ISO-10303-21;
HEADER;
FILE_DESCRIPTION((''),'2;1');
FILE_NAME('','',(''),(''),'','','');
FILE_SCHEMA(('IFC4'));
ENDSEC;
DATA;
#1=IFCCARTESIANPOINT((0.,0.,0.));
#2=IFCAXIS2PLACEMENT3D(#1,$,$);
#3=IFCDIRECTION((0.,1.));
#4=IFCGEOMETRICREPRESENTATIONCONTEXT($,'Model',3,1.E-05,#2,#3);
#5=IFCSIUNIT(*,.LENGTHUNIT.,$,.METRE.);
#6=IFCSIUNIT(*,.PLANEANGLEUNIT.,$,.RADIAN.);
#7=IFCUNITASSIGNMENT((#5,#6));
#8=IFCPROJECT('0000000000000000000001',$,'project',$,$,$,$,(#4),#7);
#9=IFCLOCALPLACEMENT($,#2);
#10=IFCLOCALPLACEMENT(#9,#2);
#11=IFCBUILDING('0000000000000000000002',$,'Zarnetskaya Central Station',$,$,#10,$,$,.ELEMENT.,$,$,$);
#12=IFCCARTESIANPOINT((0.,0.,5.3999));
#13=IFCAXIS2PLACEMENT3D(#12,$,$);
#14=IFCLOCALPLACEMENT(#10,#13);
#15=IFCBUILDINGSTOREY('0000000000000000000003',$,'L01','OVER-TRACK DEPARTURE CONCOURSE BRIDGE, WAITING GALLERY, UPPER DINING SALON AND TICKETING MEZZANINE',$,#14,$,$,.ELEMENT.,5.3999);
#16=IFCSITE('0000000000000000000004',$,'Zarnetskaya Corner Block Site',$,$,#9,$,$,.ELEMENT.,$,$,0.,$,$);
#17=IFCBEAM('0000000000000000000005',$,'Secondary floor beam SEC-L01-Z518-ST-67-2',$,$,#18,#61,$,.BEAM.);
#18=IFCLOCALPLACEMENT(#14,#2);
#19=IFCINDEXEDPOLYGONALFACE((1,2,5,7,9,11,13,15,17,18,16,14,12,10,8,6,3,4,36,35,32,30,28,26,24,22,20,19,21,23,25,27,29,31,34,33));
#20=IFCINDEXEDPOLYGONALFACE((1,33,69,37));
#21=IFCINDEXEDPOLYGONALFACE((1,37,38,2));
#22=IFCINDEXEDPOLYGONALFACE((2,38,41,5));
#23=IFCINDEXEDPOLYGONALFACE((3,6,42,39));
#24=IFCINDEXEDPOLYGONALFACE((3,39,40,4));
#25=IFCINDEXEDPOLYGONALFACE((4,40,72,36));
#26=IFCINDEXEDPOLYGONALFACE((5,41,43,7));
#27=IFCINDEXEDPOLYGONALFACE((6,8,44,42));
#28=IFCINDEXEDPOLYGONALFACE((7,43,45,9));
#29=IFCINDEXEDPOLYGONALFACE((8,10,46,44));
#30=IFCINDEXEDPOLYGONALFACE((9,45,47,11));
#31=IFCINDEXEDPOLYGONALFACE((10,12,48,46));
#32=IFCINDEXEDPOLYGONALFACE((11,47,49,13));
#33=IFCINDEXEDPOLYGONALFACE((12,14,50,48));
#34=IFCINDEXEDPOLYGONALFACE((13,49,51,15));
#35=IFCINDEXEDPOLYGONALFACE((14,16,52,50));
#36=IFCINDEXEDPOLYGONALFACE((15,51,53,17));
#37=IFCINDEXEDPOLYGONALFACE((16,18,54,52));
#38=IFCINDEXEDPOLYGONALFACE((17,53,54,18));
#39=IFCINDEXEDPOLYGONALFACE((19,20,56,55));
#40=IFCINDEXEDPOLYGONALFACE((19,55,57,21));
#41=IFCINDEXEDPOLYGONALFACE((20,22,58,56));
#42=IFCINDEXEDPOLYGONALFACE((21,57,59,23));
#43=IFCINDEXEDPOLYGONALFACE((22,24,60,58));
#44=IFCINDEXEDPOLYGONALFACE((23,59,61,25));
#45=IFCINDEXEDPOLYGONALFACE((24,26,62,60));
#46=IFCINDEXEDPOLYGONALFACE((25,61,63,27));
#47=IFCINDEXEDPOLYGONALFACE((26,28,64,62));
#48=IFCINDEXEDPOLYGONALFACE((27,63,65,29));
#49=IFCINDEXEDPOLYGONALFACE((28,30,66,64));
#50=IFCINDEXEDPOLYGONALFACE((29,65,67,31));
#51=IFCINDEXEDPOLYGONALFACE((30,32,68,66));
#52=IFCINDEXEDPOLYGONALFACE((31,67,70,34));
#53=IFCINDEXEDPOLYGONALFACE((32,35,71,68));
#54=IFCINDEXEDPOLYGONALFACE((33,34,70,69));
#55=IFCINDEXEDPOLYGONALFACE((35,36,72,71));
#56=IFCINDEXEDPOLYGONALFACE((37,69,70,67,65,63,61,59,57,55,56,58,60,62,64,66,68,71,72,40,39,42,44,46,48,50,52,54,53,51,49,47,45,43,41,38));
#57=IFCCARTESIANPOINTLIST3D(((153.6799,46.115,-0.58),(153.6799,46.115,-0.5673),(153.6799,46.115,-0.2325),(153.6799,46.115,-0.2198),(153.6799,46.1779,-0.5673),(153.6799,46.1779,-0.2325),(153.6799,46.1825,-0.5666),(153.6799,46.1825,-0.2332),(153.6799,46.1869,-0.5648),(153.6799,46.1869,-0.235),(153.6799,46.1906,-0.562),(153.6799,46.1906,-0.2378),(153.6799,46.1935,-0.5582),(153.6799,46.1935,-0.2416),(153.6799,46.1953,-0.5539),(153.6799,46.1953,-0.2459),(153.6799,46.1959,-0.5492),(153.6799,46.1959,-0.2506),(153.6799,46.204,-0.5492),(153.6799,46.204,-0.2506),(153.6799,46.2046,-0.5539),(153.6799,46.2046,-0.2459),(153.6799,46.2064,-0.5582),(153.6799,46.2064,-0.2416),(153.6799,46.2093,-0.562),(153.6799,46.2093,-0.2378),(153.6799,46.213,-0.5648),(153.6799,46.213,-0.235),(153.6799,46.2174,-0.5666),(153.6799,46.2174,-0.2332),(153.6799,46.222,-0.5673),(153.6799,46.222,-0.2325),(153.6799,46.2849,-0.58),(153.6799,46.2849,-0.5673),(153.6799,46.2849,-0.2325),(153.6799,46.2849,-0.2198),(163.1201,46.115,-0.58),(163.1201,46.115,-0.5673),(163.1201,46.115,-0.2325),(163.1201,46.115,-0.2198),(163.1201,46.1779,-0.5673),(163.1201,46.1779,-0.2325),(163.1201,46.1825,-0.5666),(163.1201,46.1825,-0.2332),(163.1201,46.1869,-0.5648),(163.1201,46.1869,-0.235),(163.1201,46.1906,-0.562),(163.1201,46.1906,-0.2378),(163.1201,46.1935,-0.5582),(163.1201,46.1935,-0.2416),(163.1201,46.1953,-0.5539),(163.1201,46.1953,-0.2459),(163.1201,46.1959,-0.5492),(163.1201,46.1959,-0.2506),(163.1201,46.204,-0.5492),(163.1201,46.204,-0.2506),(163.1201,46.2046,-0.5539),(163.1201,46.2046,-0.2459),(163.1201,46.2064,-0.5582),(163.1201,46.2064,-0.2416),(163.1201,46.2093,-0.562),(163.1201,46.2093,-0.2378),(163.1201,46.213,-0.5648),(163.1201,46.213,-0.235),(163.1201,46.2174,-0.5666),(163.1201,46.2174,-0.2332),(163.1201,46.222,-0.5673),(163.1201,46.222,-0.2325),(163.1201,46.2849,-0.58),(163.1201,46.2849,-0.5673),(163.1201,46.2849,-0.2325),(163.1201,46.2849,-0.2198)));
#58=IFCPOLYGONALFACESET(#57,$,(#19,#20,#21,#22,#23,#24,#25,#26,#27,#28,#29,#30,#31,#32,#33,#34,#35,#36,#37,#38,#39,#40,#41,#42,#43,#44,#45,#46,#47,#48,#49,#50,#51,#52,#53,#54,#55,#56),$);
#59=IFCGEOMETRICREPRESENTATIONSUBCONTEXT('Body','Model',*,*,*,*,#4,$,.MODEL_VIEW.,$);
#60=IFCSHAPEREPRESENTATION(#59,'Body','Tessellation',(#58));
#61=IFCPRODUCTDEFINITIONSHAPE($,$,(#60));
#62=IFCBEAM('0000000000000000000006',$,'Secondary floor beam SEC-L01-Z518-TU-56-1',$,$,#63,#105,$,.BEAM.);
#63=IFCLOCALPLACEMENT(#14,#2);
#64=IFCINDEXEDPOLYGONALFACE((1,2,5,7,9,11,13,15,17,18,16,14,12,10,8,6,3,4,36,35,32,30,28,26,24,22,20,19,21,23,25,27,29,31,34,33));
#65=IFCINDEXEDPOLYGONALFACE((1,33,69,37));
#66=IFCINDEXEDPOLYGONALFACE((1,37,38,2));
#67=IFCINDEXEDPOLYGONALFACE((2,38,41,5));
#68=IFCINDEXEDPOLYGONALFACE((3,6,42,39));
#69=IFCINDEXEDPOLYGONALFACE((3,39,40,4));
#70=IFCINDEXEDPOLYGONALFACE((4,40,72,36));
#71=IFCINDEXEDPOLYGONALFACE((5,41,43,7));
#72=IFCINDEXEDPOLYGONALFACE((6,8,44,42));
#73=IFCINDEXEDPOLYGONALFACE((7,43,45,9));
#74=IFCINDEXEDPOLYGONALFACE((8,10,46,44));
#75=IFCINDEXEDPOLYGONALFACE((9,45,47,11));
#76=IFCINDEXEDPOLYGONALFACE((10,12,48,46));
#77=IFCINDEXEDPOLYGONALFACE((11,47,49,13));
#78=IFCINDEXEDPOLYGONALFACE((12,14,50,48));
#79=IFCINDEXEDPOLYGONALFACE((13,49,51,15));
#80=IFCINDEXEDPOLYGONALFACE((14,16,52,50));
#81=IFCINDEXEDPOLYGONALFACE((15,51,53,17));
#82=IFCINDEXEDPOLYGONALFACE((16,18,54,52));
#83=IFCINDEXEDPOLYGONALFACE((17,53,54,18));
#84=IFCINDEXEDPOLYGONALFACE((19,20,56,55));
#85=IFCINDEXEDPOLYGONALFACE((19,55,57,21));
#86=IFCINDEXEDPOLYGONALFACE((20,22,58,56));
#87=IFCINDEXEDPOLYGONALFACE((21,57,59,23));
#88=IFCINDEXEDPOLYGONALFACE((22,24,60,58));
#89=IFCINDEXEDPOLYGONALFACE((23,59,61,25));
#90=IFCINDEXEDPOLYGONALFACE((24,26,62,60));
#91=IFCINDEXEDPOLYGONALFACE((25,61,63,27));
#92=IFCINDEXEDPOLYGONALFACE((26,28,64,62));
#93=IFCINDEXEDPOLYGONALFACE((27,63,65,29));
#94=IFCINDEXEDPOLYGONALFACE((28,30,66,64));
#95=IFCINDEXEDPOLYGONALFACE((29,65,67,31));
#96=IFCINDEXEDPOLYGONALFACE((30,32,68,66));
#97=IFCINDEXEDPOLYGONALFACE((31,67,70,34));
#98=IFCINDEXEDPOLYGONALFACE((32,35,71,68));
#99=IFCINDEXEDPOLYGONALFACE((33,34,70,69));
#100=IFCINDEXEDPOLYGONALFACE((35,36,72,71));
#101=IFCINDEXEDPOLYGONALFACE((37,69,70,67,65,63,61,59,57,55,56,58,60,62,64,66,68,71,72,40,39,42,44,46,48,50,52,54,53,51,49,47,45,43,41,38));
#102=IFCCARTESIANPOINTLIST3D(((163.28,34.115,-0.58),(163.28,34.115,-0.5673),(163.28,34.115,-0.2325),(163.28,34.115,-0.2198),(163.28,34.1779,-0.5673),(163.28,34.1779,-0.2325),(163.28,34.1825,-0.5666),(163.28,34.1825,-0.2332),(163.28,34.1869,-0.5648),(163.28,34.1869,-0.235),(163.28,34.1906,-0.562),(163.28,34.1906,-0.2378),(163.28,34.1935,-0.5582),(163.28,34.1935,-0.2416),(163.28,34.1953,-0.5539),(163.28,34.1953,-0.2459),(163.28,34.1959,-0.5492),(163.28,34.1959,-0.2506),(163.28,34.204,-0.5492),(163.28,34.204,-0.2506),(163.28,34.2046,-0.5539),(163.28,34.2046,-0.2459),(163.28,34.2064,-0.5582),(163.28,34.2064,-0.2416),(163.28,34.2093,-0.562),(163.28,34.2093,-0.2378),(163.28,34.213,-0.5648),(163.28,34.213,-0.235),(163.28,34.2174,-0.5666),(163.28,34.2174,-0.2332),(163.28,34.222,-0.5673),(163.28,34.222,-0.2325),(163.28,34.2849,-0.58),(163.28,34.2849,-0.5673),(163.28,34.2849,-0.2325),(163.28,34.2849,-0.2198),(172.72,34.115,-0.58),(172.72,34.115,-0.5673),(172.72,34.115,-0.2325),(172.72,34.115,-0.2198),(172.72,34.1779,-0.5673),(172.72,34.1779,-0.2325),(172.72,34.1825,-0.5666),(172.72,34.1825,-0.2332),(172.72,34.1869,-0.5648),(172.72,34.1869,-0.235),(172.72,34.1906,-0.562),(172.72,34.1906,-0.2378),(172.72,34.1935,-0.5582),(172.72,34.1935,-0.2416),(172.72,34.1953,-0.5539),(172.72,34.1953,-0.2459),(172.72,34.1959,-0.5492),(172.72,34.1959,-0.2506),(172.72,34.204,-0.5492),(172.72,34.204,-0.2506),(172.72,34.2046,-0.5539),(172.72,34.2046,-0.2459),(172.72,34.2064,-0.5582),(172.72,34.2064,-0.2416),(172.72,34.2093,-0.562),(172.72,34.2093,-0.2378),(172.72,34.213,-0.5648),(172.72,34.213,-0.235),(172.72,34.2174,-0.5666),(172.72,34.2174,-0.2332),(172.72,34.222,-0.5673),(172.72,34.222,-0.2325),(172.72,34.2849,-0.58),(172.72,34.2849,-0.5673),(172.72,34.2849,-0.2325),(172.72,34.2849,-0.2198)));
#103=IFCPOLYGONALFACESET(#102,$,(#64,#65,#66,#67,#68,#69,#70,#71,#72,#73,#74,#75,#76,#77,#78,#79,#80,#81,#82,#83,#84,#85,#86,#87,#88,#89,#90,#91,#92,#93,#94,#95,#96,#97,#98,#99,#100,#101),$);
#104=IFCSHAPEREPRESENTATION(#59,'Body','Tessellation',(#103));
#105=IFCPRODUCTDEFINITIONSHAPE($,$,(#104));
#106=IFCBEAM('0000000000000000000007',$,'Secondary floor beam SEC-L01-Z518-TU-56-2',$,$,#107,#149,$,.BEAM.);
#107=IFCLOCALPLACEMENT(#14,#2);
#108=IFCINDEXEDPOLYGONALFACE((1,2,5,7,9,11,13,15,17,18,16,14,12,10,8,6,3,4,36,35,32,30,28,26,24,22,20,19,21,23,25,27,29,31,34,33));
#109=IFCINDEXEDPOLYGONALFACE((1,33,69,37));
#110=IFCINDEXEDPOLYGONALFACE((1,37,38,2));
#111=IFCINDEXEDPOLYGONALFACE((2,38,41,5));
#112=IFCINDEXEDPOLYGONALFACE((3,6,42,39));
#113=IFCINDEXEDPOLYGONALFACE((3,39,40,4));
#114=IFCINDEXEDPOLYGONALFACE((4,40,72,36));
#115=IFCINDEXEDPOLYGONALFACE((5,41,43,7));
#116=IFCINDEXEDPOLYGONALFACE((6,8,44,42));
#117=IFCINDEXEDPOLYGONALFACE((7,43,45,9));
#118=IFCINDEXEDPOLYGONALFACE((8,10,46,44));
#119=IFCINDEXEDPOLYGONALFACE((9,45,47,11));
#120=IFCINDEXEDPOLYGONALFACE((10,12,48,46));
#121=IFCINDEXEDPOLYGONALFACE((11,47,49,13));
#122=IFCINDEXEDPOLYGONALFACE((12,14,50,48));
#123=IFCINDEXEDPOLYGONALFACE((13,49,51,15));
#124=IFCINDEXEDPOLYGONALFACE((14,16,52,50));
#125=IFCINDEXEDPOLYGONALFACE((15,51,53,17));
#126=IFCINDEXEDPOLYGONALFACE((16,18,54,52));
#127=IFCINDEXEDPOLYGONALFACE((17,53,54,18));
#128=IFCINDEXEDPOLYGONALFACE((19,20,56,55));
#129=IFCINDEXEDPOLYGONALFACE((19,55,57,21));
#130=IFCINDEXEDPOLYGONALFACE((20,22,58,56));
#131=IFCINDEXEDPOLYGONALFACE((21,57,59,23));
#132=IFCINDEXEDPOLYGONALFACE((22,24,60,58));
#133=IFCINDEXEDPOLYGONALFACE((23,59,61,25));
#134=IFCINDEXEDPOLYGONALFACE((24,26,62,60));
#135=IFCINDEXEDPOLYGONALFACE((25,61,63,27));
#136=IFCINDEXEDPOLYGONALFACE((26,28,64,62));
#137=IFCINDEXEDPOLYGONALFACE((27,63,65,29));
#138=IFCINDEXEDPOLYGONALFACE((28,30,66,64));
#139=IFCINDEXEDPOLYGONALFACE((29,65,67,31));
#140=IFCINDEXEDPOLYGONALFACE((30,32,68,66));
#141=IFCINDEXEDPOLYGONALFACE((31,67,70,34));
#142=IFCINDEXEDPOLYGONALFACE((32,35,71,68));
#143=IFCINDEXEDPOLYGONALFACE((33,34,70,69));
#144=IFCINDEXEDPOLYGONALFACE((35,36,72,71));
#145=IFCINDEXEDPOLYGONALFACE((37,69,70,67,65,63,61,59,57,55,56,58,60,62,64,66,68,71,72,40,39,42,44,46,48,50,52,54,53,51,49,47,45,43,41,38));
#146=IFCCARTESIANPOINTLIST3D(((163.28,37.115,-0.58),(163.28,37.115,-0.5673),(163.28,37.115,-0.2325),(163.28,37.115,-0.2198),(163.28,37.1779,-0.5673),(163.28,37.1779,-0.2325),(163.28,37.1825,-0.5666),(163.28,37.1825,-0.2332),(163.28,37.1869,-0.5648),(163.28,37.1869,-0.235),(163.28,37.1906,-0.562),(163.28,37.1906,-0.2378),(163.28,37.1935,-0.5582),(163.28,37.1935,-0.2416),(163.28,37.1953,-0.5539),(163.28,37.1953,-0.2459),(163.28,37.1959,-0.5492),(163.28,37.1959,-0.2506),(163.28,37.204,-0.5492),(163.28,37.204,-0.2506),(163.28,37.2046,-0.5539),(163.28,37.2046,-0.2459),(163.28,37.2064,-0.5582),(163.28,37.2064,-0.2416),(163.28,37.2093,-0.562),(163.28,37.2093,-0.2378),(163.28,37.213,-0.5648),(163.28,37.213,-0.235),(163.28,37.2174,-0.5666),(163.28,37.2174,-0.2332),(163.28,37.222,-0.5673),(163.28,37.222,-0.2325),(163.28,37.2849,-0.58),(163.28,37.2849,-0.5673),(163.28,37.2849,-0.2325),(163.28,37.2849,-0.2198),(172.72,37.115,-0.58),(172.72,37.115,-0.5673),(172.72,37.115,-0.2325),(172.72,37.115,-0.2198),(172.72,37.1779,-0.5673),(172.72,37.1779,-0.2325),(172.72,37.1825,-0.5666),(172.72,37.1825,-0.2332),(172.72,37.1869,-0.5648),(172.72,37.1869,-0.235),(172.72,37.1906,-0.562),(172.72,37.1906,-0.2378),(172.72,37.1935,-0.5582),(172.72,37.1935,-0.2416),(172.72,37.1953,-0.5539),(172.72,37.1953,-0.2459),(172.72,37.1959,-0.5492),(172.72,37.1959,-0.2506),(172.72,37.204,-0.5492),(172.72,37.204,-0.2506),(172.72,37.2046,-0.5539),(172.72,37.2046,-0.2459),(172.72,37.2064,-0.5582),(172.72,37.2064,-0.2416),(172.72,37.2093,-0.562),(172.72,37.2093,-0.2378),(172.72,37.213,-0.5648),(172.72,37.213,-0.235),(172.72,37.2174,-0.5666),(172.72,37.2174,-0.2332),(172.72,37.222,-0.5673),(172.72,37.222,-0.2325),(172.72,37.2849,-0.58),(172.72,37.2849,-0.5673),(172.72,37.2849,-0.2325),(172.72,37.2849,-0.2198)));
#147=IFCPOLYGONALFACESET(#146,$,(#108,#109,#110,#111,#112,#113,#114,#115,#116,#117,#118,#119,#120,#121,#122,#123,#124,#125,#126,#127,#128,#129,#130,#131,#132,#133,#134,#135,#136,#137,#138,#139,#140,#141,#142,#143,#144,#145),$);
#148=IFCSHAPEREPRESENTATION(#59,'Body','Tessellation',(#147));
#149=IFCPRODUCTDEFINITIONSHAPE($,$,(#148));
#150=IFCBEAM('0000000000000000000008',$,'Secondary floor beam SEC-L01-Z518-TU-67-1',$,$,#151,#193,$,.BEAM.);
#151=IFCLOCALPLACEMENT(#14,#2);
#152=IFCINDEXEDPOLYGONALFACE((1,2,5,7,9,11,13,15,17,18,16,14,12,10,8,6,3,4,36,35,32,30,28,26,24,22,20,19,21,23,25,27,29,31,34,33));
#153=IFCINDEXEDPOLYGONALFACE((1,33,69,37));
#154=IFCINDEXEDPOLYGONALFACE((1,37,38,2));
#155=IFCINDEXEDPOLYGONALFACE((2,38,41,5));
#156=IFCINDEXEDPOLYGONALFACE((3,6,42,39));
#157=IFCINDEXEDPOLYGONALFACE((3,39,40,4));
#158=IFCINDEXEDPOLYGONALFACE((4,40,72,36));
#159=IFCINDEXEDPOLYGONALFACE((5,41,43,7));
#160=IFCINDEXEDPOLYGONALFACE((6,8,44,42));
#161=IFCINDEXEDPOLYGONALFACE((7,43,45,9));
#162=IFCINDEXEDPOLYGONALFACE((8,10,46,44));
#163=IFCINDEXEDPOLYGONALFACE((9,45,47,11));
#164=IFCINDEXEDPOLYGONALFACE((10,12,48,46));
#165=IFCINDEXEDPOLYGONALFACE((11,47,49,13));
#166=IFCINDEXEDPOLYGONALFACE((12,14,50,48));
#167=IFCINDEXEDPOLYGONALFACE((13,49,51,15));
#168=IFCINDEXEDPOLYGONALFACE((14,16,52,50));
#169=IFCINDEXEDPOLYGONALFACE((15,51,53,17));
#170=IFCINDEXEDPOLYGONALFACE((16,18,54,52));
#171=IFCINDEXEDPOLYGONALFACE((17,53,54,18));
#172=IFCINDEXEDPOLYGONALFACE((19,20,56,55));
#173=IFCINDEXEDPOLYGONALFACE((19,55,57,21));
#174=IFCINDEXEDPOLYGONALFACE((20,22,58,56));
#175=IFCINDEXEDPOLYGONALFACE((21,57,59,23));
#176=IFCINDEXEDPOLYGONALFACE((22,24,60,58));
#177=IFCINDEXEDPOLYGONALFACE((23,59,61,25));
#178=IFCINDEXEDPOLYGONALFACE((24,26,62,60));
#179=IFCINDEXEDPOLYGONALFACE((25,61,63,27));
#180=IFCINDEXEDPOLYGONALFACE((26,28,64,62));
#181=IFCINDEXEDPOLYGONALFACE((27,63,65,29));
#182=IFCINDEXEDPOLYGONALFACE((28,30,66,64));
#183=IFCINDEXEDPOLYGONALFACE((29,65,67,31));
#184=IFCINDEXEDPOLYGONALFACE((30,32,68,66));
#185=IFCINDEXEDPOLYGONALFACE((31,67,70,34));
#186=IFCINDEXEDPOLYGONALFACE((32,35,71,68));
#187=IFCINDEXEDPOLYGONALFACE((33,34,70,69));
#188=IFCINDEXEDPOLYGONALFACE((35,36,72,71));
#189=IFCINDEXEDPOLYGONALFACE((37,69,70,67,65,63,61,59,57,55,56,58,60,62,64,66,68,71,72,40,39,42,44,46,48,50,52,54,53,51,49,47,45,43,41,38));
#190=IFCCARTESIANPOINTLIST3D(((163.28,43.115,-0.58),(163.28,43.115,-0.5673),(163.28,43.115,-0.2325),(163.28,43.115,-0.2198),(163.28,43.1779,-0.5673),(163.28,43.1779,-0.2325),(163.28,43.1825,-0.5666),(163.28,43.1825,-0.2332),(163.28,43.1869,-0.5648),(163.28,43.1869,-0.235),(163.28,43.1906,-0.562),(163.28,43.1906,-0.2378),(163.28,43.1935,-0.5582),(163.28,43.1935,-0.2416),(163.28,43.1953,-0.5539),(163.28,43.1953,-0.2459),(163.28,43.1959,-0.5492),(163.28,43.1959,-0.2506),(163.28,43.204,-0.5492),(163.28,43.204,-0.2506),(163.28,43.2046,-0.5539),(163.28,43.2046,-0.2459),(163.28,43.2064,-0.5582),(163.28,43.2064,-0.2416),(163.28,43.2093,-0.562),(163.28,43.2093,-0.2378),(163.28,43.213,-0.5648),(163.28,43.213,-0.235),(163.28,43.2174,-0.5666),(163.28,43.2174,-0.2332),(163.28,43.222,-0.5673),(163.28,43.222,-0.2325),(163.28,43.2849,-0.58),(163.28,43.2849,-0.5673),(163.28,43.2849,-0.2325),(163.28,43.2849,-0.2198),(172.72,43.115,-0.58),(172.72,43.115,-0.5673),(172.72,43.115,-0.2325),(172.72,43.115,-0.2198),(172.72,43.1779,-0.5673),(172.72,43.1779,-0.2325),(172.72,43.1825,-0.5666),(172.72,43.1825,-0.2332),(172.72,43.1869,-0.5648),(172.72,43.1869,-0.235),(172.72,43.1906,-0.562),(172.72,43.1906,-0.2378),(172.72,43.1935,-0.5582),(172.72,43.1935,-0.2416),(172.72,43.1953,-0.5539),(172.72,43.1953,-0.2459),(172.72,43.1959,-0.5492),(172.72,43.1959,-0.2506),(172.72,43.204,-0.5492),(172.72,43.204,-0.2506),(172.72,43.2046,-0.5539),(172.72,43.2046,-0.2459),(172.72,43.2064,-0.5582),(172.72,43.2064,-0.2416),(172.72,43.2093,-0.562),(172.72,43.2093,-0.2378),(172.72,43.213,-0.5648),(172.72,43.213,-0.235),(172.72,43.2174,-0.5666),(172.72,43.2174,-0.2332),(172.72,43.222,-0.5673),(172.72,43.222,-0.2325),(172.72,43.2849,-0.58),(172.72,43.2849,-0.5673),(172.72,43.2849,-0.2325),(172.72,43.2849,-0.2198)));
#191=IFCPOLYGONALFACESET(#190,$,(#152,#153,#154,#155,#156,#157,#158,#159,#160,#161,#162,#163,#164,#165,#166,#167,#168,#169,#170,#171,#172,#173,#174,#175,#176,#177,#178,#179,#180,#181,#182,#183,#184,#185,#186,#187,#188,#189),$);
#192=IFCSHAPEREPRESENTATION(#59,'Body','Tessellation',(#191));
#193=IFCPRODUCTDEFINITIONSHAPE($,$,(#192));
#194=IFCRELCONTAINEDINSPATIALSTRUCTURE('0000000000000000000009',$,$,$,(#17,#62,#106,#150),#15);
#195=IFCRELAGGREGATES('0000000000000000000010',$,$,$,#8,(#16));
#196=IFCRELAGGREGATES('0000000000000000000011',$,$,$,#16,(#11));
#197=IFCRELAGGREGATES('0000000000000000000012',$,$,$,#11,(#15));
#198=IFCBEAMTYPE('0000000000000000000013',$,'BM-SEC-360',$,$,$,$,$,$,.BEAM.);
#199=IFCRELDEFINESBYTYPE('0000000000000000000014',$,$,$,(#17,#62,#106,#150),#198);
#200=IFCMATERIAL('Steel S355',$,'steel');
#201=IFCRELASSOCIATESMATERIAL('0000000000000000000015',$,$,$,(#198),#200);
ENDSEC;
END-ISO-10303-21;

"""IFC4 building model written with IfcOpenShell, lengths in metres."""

from ifc_helpers import new_model, si_unit, direction, frame, origin, origin_2d, place, context, subcontext, project, spatial, i_section, extrude, material, material_profile, profile_set, type_object, element, save


model = new_model("IFC4")

# Units and contexts
model_context = context("Model", 3, precision=1e-05, world=origin(), true_north=direction((0.0, 1.0)))
body_context = subcontext(model_context, "Body", "Model", "MODEL_VIEW")
ifc_project = project(units=[si_unit("LENGTHUNIT", "METRE"), si_unit("PLANEANGLEUNIT", "RADIAN")], contexts=[model_context])

# Site, building, storey
site_placement = place(None, origin())
site = spatial("IfcSite", under=ifc_project, at=site_placement, Name="Zarnetskaya Corner Block Site", CompositionType="ELEMENT", RefElevation=0.0)
building_placement = place(site_placement, origin())
building = spatial("IfcBuilding", under=site, at=building_placement, Name="Zarnetskaya Central Station", CompositionType="ELEMENT")
storey_placement = place(building_placement, frame((0.0, 0.0, 5.3999)))
storey = spatial("IfcBuildingStorey", under=building, at=storey_placement, Name="L01", Description="OVER-TRACK DEPARTURE CONCOURSE BRIDGE, WAITING GALLERY, UPPER DINING SALON AND TICKETING MEZZANINE", CompositionType="ELEMENT", Elevation=5.3999)

# Shared definitions
ifc_material_1 = material(Name="Steel S355", Category="steel")

# Beams
ifc_material_profile_1 = material_profile(ifc_material_1, i_section(OverallWidth=0.1699, OverallDepth=0.3601, WebThickness=0.0081, FlangeThickness=0.0127, FilletRadius=0.0181, at=origin_2d()), Name="IPE 360")
ifc_profile_set_1 = profile_set([ifc_material_profile_1], Name="Steel S355")
beam_type_1 = type_object("IfcBeamType", Name="BM-SEC-360", PredefinedType="BEAM", material=ifc_profile_set_1)
for number, where, z_axis, x_axis, name in (
    (1, (153.6799, 46.2, -0.3999), (1.0, 0.0, 0.0), (0.0, 1.0, 0.0), "Secondary floor beam SEC-L01-Z518-ST-67-2"),
):
    element("IfcBeam", number, at=place(storey_placement, frame(where, z_axis=z_axis, x_axis=x_axis)), inside=storey, type_object=beam_type_1, Name=name, PredefinedType="BEAM", context=body_context, shape_type="SweptSolid", body=[
        extrude(i_section(OverallWidth=0.1699, OverallDepth=0.3601, WebThickness=0.0081, FlangeThickness=0.0127, FilletRadius=0.0181, at=origin_2d()), origin(), (0.0, 0.0, 1.0), 9.4402),
    ])
for number, where, z_axis, x_axis, name in (
    (2, (163.28, 34.2, -0.3999), (1.0, 0.0, 0.0), (0.0, 1.0, 0.0), "Secondary floor beam SEC-L01-Z518-TU-56-1"),
    (3, (163.28, 37.2, -0.3999), (1.0, 0.0, 0.0), (0.0, 1.0, 0.0), "Secondary floor beam SEC-L01-Z518-TU-56-2"),
    (4, (163.28, 43.2, -0.3999), (1.0, 0.0, 0.0), (0.0, 1.0, 0.0), "Secondary floor beam SEC-L01-Z518-TU-67-1"),
):
    element("IfcBeam", number, at=place(storey_placement, frame(where, z_axis=z_axis, x_axis=x_axis)), inside=storey, type_object=beam_type_1, Name=name, PredefinedType="BEAM", context=body_context, shape_type="SweptSolid", body=[
        extrude(i_section(OverallWidth=0.1699, OverallDepth=0.3601, WebThickness=0.0081, FlangeThickness=0.0127, FilletRadius=0.0181, at=origin_2d()), origin(), (0.0, 0.0, 1.0), 9.4399),
    ])

save(model, "model.ifc")
